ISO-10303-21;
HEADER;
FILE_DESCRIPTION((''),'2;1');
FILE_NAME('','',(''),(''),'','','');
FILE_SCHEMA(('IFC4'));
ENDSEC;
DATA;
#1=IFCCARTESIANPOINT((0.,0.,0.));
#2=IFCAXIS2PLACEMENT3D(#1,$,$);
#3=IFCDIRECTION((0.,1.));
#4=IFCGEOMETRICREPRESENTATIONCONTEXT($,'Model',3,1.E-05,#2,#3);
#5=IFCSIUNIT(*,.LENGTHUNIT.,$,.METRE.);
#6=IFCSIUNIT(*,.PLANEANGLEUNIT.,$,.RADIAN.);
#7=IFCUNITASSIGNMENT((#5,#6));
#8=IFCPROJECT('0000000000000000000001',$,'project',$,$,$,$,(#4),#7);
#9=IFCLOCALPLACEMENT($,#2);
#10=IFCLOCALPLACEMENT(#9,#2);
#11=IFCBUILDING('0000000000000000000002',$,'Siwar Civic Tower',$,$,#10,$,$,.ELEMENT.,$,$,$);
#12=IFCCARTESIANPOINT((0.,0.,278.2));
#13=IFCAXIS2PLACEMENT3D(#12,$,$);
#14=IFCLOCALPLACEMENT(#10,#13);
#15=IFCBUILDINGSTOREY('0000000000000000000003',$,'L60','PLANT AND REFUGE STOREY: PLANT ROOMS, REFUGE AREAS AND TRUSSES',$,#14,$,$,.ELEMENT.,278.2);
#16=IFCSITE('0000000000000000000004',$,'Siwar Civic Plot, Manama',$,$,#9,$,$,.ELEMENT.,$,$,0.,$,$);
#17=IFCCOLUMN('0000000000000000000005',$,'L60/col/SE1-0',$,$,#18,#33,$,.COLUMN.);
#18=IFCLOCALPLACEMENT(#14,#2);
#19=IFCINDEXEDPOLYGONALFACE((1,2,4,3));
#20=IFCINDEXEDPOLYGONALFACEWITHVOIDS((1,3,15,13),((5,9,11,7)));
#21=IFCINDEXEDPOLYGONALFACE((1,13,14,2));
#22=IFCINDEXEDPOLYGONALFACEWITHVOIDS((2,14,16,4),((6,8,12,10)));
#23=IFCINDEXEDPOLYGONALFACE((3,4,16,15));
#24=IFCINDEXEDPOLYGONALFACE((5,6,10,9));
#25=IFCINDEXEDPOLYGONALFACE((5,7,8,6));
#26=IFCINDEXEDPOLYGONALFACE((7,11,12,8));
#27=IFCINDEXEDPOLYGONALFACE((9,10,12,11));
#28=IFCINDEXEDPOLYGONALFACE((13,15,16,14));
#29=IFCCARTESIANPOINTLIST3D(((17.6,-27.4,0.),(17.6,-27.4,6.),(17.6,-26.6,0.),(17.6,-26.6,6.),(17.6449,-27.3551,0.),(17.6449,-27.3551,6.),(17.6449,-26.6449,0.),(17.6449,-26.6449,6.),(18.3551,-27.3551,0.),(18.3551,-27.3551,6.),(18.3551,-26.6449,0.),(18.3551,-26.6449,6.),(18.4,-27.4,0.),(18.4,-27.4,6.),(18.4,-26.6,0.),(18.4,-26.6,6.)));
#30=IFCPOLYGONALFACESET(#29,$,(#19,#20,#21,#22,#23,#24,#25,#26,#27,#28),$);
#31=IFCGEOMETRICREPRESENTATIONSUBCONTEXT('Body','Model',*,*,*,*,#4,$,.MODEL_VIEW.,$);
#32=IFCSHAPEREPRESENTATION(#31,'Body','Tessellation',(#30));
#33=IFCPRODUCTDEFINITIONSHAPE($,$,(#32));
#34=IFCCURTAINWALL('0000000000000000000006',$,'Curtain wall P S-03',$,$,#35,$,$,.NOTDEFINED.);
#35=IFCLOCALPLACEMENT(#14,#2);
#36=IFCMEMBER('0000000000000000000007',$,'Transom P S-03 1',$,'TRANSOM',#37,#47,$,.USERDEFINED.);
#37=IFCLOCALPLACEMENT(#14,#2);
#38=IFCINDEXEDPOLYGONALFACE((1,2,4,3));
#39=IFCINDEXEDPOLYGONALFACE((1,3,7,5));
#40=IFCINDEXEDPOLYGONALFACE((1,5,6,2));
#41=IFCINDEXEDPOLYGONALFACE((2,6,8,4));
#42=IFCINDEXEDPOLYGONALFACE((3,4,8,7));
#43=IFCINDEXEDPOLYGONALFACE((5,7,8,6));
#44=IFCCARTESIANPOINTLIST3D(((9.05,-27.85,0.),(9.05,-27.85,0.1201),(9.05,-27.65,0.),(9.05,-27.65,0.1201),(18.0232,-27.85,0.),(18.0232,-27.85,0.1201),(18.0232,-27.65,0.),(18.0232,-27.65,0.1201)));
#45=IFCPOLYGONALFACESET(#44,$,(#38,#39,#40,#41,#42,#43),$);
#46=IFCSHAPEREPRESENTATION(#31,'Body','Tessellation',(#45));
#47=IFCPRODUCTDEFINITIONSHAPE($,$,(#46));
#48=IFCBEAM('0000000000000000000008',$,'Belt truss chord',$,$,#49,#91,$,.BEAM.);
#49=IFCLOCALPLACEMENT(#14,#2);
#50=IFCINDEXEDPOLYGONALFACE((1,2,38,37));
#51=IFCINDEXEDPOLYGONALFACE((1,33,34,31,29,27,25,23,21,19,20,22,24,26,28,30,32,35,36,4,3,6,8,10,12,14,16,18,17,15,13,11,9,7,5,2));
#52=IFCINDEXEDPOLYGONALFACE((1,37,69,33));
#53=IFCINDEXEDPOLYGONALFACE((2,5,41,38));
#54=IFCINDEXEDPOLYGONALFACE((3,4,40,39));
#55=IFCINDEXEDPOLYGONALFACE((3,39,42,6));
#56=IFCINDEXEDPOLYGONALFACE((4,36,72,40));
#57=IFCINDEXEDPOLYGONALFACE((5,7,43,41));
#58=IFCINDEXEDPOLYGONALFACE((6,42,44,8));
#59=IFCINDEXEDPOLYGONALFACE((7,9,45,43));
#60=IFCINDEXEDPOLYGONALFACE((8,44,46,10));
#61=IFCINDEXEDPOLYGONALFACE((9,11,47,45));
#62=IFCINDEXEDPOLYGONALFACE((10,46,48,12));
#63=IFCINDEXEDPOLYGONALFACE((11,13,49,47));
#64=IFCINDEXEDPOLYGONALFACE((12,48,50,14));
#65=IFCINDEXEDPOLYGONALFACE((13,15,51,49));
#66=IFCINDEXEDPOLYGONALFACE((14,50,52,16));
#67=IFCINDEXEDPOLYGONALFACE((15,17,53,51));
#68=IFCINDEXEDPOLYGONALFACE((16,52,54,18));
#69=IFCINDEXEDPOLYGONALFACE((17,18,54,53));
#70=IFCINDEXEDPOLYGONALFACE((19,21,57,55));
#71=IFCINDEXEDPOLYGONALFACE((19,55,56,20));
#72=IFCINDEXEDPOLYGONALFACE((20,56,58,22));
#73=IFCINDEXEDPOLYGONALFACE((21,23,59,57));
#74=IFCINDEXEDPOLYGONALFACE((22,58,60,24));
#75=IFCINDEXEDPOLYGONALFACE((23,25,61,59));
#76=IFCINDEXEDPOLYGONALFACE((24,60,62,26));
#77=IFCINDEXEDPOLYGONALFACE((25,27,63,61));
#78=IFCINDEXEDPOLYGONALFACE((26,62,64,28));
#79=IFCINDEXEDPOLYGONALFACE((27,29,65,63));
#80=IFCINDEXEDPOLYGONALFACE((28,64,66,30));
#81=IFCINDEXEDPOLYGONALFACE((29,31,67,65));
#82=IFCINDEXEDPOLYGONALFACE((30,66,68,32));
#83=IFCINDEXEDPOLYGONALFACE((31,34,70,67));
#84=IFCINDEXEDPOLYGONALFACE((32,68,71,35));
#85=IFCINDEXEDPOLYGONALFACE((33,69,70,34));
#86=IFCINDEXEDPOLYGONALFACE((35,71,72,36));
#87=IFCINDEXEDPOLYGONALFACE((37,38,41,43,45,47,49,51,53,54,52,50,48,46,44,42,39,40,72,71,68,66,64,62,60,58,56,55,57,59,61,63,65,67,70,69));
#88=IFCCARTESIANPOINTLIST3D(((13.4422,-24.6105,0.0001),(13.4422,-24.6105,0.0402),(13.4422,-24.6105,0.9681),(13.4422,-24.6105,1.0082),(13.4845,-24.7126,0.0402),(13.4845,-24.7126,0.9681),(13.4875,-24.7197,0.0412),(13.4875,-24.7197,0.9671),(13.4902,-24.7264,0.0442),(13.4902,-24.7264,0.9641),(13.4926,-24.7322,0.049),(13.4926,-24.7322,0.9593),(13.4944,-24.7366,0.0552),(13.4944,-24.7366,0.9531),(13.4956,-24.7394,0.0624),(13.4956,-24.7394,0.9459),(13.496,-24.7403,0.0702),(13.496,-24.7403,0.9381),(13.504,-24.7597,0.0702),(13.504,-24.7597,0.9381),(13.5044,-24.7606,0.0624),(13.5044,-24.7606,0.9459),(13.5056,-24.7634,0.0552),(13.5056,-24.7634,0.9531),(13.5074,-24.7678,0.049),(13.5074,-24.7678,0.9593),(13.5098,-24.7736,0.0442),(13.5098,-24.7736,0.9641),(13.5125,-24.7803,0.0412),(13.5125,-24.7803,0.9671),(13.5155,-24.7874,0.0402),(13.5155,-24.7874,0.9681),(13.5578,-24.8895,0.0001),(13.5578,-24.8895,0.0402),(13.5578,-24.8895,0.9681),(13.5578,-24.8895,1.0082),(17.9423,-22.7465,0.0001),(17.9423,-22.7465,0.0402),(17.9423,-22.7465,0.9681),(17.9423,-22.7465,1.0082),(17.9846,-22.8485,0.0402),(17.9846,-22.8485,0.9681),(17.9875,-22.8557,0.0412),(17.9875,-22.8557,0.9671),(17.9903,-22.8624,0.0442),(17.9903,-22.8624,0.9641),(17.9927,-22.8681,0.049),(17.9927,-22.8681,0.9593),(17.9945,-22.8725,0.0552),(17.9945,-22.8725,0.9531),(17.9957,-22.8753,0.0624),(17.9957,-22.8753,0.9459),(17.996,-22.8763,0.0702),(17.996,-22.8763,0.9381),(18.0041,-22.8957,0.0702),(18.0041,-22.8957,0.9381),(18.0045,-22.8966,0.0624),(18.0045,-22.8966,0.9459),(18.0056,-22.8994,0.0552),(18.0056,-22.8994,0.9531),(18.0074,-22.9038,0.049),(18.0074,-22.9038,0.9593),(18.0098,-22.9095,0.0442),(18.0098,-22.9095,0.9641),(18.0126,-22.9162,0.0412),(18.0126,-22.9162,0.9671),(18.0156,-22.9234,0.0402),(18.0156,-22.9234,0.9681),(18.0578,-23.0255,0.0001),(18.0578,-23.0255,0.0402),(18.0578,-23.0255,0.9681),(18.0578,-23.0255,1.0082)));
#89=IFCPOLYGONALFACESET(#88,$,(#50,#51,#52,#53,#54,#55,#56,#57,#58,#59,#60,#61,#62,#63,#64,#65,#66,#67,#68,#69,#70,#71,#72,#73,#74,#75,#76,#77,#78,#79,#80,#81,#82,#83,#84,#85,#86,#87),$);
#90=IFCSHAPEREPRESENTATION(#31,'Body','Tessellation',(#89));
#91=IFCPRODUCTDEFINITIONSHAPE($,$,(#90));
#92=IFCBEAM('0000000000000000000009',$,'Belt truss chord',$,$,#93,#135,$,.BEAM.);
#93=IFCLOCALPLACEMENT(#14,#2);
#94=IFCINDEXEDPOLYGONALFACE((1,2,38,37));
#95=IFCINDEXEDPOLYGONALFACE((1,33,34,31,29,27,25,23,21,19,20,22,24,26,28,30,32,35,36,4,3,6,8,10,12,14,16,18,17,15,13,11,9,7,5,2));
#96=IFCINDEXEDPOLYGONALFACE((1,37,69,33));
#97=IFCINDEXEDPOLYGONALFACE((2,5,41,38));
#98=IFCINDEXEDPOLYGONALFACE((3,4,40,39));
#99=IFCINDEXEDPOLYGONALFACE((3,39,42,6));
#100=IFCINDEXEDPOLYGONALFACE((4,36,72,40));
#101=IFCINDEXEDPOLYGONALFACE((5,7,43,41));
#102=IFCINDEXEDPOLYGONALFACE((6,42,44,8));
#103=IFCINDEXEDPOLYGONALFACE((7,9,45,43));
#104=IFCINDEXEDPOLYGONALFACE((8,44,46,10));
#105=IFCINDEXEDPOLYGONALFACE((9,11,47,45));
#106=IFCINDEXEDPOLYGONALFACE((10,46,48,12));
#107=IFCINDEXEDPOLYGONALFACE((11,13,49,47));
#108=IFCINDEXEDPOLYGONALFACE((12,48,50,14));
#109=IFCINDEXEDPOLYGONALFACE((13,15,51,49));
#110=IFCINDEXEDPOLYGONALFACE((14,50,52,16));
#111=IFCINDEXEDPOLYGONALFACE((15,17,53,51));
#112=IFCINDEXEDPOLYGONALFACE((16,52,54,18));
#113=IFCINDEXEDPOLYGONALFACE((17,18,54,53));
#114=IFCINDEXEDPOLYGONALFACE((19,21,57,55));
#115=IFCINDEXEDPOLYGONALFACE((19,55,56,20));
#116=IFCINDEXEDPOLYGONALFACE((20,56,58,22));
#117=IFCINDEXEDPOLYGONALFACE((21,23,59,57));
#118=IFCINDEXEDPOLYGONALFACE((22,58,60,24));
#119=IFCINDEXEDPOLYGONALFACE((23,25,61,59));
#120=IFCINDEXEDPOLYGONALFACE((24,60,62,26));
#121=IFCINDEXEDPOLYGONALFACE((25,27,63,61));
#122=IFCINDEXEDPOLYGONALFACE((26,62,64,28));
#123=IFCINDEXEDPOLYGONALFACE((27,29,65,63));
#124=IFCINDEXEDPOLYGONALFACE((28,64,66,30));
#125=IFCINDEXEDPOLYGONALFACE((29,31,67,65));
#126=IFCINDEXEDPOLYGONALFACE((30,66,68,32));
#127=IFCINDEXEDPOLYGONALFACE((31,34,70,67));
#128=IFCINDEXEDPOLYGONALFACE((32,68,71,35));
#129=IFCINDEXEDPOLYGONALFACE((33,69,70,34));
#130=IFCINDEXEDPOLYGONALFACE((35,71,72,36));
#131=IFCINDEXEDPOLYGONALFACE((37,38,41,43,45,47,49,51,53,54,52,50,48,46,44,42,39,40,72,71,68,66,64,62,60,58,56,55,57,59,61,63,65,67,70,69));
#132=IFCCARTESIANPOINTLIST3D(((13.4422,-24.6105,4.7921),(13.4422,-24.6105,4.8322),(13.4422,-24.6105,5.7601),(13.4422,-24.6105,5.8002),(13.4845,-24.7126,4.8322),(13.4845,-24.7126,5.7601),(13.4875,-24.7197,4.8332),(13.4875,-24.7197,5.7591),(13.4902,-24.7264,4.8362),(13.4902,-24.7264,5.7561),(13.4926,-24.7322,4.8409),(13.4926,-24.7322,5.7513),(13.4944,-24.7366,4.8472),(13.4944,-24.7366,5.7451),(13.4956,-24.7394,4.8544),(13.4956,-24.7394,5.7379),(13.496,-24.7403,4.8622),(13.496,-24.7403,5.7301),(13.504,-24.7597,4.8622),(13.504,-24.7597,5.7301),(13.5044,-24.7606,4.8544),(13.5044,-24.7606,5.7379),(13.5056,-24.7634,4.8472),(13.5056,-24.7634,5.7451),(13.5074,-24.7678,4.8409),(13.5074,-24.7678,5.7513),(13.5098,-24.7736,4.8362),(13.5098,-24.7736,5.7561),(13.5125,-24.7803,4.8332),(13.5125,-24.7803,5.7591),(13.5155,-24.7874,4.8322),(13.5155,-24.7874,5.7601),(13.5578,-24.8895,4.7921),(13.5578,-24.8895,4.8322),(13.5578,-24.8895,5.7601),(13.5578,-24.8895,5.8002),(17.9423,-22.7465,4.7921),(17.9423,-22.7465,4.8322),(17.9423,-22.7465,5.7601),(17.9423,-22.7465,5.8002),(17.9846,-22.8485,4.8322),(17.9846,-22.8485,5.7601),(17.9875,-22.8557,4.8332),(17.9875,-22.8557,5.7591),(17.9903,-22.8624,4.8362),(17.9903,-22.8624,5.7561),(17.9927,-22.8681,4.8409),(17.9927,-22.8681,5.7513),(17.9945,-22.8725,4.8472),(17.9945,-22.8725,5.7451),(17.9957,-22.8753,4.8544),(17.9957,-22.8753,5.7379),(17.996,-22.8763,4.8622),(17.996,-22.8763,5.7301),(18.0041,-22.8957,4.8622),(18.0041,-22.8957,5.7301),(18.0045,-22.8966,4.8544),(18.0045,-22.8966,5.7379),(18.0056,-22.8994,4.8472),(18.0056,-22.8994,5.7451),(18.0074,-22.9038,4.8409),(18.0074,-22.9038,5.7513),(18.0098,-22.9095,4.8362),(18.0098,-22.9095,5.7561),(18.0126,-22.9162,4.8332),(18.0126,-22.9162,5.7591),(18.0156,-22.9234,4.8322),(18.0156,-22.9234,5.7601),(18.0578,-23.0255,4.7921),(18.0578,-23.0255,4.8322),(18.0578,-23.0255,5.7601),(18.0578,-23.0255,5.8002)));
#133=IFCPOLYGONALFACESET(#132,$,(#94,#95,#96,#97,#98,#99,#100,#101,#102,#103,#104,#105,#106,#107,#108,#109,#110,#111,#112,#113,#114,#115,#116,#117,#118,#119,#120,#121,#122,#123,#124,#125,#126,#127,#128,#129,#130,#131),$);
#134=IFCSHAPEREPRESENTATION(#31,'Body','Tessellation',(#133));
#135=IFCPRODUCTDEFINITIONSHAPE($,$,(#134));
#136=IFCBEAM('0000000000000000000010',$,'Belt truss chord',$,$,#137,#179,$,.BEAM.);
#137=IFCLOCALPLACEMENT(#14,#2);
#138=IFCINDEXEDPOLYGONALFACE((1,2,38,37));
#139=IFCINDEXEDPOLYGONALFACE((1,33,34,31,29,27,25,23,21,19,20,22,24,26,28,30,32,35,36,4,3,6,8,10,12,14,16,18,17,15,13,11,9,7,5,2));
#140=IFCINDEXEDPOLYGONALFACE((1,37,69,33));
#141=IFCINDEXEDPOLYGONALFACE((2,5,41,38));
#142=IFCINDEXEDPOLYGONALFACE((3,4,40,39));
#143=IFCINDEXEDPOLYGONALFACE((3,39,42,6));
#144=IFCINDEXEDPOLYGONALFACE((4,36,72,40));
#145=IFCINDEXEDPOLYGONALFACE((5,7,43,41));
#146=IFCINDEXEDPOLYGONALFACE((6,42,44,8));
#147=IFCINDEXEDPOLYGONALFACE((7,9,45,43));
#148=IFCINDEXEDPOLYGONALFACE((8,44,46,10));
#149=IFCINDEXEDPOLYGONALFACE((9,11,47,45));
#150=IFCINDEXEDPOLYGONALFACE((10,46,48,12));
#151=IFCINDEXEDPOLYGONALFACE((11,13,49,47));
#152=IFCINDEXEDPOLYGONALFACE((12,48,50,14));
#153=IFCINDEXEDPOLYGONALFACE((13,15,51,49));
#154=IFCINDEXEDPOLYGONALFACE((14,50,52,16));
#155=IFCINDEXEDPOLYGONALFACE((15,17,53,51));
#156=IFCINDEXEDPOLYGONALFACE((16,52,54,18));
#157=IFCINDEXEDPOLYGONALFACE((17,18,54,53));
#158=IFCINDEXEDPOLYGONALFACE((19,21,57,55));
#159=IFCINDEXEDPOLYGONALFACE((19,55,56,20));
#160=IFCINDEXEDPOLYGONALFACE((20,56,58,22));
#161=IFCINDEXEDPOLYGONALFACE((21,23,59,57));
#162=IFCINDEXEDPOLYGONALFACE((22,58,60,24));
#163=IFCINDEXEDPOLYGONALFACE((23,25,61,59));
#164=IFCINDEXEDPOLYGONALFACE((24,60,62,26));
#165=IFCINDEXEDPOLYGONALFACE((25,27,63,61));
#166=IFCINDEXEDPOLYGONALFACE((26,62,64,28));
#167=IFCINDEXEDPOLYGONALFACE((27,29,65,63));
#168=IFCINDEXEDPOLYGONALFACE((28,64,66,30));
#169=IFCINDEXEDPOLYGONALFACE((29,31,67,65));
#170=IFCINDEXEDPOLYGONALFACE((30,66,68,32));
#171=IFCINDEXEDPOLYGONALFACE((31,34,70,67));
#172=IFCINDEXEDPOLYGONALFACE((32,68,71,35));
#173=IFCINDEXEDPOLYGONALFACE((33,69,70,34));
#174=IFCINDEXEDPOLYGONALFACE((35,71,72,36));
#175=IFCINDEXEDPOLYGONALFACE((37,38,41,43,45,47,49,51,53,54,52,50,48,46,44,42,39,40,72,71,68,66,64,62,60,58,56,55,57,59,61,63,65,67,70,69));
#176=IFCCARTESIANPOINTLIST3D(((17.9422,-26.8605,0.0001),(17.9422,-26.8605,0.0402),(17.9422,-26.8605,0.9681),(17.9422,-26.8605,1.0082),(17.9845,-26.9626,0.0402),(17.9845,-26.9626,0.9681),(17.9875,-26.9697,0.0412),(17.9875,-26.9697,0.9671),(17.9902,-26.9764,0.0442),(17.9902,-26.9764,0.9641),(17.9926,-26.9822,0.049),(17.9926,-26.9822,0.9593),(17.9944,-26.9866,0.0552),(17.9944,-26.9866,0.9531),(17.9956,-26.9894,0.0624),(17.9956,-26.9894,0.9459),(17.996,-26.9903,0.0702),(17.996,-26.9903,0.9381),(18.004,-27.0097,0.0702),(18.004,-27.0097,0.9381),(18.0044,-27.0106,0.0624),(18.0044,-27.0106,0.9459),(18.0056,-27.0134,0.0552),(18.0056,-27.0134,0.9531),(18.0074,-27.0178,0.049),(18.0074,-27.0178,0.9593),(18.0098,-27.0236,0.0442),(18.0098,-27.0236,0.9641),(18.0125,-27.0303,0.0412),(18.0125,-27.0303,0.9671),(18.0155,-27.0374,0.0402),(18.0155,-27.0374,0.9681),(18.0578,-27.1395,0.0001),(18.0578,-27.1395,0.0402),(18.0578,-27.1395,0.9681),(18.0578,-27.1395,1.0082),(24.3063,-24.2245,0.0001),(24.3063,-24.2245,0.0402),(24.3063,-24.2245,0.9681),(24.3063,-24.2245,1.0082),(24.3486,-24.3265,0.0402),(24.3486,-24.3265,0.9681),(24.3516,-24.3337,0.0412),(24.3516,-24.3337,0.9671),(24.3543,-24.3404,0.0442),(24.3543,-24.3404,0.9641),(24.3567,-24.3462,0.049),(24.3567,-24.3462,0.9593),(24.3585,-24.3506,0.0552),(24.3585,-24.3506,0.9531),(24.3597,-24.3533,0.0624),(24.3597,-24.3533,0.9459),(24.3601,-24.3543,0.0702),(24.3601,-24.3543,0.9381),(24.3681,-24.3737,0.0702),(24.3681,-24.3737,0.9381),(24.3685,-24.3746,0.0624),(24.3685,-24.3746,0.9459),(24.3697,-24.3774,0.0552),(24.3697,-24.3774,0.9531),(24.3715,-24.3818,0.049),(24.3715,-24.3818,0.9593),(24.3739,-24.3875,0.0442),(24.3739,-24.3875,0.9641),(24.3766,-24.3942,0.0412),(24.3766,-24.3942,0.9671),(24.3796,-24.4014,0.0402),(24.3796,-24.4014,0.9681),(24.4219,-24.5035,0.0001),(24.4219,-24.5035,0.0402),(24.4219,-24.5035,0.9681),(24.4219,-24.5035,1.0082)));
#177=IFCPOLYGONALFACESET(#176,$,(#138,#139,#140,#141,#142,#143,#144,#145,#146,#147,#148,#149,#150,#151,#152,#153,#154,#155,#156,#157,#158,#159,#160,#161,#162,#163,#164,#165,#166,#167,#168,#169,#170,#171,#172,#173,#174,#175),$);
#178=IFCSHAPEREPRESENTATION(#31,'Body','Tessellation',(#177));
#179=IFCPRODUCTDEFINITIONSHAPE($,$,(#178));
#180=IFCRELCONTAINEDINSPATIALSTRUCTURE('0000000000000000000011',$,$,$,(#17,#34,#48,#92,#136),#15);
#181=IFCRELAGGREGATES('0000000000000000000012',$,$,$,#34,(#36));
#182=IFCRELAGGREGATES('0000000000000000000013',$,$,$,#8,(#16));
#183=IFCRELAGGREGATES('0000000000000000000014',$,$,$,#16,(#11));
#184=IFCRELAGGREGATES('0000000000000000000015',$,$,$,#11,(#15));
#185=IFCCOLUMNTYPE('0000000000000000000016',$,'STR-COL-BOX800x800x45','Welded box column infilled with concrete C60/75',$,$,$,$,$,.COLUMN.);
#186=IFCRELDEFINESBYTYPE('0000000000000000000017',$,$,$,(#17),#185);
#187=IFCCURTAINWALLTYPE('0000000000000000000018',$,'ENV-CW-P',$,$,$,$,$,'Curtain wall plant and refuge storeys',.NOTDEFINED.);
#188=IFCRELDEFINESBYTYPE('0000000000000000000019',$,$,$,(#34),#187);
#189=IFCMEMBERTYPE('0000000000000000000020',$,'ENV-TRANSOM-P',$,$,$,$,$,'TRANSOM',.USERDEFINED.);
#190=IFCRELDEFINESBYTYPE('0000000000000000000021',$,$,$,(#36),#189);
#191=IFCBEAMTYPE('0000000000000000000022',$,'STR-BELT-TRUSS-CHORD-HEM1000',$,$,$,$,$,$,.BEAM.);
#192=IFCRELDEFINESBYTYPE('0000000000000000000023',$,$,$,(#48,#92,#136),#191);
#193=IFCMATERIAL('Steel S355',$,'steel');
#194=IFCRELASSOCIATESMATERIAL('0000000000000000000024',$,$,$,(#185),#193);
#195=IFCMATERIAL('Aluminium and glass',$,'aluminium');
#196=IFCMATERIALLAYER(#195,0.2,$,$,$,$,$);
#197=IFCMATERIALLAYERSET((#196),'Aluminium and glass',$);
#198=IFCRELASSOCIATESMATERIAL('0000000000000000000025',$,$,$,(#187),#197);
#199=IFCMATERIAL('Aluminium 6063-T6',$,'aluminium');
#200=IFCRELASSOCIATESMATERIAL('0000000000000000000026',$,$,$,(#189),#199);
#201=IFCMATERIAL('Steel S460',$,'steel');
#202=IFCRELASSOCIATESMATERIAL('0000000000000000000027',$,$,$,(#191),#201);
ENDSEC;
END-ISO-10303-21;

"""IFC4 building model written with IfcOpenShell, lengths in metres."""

from ifc_helpers import new_model, si_unit, direction, frame, origin, origin_2d, place, context, subcontext, project, spatial, rectangle, hollow_rectangle, i_section, extrude, material, layer, layer_set, material_profile, profile_set, type_object, element, aggregate, save


model = new_model("IFC4")

# Units and contexts
model_context = context("Model", 3, precision=1e-05, world=origin(), true_north=direction((0.0, 1.0)))
body_context = subcontext(model_context, "Body", "Model", "MODEL_VIEW")
ifc_project = project(units=[si_unit("LENGTHUNIT", "METRE"), si_unit("PLANEANGLEUNIT", "RADIAN")], contexts=[model_context])

# Site, building, storey
site_placement = place(None, origin())
site = spatial("IfcSite", under=ifc_project, at=site_placement, Name="Siwar Civic Plot, Manama", CompositionType="ELEMENT", RefElevation=0.0)
building_placement = place(site_placement, origin())
building = spatial("IfcBuilding", under=site, at=building_placement, Name="Siwar Civic Tower", CompositionType="ELEMENT")
storey_placement = place(building_placement, frame((0.0, 0.0, 278.2)))
storey = spatial("IfcBuildingStorey", under=building, at=storey_placement, Name="L60", Description="PLANT AND REFUGE STOREY: PLANT ROOMS, REFUGE AREAS AND TRUSSES", CompositionType="ELEMENT", Elevation=278.2)

# Column
ifc_material_1 = material(Name="Steel S355", Category="steel")
ifc_material_profile_1 = material_profile(ifc_material_1, hollow_rectangle(XDim=0.8, YDim=0.8, WallThickness=0.0449, at=origin_2d()), Name="BOX800x800x45")
ifc_profile_set_1 = profile_set([ifc_material_profile_1], Name="Steel S355")
column_type = type_object("IfcColumnType", Name="STR-COL-BOX800x800x45", Description="Welded box column infilled with concrete C60/75", PredefinedType="COLUMN", material=ifc_profile_set_1)
column_placement = place(storey_placement, frame((18.0, -27.0, 0.0), z_axis=(0.0, 0.0, 1.0), x_axis=(1.0, 0.0, 0.0)))
element("IfcColumn", 1, at=column_placement, inside=storey, type_object=column_type, Name="L60/col/SE1-0", PredefinedType="COLUMN", context=body_context, shape_type="SweptSolid", body=[
    extrude(hollow_rectangle(XDim=0.8, YDim=0.8, WallThickness=0.0449, at=origin_2d()), origin(), (0.0, 0.0, 1.0), 6.0),
])

# Curtain wall, member
ifc_material_2 = material(Name="Aluminium and glass", Category="aluminium")
ifc_layer_1 = layer(ifc_material_2, 0.2)
ifc_layer_set_1 = layer_set([ifc_layer_1], Name="Aluminium and glass")
curtain_wall_type = type_object("IfcCurtainWallType", Name="ENV-CW-P", ElementType="Curtain wall plant and refuge storeys", PredefinedType="NOTDEFINED", material=ifc_layer_set_1)
curtain_wall_placement = place(storey_placement, origin())
curtain_wall = element("IfcCurtainWall", 2, at=curtain_wall_placement, inside=storey, type_object=curtain_wall_type, Name="Curtain wall P S-03", PredefinedType="NOTDEFINED")
ifc_material_3 = material(Name="Aluminium 6063-T6", Category="aluminium")
ifc_material_profile_2 = material_profile(ifc_material_3, rectangle(XDim=0.2, YDim=0.1201, at=origin_2d()), Name="AL 200x120")
ifc_profile_set_2 = profile_set([ifc_material_profile_2], Name="Aluminium 6063-T6")
member_type_1 = type_object("IfcMemberType", Name="ENV-TRANSOM-P", ElementType="TRANSOM", PredefinedType="USERDEFINED", material=ifc_profile_set_2)
member_1_placement = place(storey_placement, frame((9.05, -27.75, 0.0601), z_axis=(1.0, 0.0, 0.0), x_axis=(0.0, 1.0, 0.0)))
member_1 = element("IfcMember", 3, at=member_1_placement, type_object=member_type_1, Name="Transom P S-03 1", ObjectType="TRANSOM", PredefinedType="USERDEFINED", context=body_context, shape_type="SweptSolid", body=[
    extrude(rectangle(XDim=0.2, YDim=0.1201, at=origin_2d()), origin(), (0.0, 0.0, 1.0), 8.9731),
])

# Beams
ifc_material_4 = material(Name="Steel S460", Category="steel")
ifc_material_profile_3 = material_profile(ifc_material_4, i_section(OverallWidth=0.302, OverallDepth=1.0081, WebThickness=0.021, FlangeThickness=0.04, FilletRadius=0.03, at=origin_2d()), Name="HEM1000")
ifc_profile_set_3 = profile_set([ifc_material_profile_3], Name="Steel S460")
beam_type_1 = type_object("IfcBeamType", Name="STR-BELT-TRUSS-CHORD-HEM1000", PredefinedType="BEAM", material=ifc_profile_set_3)
for number, where, z_axis, x_axis, name in (
    (4, (13.5, -24.75, 0.5042), (0.923876, 0.382693, 0.0), (-0.382693, 0.923876, 0.0), "Belt truss chord"),
    (5, (13.5, -24.75, 5.2961), (0.923876, 0.382693, 0.0), (-0.382693, 0.923876, 0.0), "Belt truss chord"),
):
    element("IfcBeam", number, at=place(storey_placement, frame(where, z_axis=z_axis, x_axis=x_axis)), inside=storey, type_object=beam_type_1, Name=name, PredefinedType="BEAM", context=body_context, shape_type="SweptSolid", body=[
        extrude(i_section(OverallWidth=0.302, OverallDepth=1.0081, WebThickness=0.021, FlangeThickness=0.04, FilletRadius=0.03, at=origin_2d()), origin(), (0.0, 0.0, 1.0), 4.8708),
    ])
for number, where, z_axis, x_axis, name in (
    (6, (18.0, -27.0, 0.5042), (0.923883, 0.382674, 0.0), (-0.382674, 0.923883, 0.0), "Belt truss chord"),
):
    element("IfcBeam", number, at=place(storey_placement, frame(where, z_axis=z_axis, x_axis=x_axis)), inside=storey, type_object=beam_type_1, Name=name, PredefinedType="BEAM", context=body_context, shape_type="SweptSolid", body=[
        extrude(i_section(OverallWidth=0.302, OverallDepth=1.0081, WebThickness=0.021, FlangeThickness=0.04, FilletRadius=0.03, at=origin_2d()), origin(), (0.0, 0.0, 1.0), 6.8884),
    ])

aggregate(curtain_wall, [member_1])

save(model, "model.ifc")
